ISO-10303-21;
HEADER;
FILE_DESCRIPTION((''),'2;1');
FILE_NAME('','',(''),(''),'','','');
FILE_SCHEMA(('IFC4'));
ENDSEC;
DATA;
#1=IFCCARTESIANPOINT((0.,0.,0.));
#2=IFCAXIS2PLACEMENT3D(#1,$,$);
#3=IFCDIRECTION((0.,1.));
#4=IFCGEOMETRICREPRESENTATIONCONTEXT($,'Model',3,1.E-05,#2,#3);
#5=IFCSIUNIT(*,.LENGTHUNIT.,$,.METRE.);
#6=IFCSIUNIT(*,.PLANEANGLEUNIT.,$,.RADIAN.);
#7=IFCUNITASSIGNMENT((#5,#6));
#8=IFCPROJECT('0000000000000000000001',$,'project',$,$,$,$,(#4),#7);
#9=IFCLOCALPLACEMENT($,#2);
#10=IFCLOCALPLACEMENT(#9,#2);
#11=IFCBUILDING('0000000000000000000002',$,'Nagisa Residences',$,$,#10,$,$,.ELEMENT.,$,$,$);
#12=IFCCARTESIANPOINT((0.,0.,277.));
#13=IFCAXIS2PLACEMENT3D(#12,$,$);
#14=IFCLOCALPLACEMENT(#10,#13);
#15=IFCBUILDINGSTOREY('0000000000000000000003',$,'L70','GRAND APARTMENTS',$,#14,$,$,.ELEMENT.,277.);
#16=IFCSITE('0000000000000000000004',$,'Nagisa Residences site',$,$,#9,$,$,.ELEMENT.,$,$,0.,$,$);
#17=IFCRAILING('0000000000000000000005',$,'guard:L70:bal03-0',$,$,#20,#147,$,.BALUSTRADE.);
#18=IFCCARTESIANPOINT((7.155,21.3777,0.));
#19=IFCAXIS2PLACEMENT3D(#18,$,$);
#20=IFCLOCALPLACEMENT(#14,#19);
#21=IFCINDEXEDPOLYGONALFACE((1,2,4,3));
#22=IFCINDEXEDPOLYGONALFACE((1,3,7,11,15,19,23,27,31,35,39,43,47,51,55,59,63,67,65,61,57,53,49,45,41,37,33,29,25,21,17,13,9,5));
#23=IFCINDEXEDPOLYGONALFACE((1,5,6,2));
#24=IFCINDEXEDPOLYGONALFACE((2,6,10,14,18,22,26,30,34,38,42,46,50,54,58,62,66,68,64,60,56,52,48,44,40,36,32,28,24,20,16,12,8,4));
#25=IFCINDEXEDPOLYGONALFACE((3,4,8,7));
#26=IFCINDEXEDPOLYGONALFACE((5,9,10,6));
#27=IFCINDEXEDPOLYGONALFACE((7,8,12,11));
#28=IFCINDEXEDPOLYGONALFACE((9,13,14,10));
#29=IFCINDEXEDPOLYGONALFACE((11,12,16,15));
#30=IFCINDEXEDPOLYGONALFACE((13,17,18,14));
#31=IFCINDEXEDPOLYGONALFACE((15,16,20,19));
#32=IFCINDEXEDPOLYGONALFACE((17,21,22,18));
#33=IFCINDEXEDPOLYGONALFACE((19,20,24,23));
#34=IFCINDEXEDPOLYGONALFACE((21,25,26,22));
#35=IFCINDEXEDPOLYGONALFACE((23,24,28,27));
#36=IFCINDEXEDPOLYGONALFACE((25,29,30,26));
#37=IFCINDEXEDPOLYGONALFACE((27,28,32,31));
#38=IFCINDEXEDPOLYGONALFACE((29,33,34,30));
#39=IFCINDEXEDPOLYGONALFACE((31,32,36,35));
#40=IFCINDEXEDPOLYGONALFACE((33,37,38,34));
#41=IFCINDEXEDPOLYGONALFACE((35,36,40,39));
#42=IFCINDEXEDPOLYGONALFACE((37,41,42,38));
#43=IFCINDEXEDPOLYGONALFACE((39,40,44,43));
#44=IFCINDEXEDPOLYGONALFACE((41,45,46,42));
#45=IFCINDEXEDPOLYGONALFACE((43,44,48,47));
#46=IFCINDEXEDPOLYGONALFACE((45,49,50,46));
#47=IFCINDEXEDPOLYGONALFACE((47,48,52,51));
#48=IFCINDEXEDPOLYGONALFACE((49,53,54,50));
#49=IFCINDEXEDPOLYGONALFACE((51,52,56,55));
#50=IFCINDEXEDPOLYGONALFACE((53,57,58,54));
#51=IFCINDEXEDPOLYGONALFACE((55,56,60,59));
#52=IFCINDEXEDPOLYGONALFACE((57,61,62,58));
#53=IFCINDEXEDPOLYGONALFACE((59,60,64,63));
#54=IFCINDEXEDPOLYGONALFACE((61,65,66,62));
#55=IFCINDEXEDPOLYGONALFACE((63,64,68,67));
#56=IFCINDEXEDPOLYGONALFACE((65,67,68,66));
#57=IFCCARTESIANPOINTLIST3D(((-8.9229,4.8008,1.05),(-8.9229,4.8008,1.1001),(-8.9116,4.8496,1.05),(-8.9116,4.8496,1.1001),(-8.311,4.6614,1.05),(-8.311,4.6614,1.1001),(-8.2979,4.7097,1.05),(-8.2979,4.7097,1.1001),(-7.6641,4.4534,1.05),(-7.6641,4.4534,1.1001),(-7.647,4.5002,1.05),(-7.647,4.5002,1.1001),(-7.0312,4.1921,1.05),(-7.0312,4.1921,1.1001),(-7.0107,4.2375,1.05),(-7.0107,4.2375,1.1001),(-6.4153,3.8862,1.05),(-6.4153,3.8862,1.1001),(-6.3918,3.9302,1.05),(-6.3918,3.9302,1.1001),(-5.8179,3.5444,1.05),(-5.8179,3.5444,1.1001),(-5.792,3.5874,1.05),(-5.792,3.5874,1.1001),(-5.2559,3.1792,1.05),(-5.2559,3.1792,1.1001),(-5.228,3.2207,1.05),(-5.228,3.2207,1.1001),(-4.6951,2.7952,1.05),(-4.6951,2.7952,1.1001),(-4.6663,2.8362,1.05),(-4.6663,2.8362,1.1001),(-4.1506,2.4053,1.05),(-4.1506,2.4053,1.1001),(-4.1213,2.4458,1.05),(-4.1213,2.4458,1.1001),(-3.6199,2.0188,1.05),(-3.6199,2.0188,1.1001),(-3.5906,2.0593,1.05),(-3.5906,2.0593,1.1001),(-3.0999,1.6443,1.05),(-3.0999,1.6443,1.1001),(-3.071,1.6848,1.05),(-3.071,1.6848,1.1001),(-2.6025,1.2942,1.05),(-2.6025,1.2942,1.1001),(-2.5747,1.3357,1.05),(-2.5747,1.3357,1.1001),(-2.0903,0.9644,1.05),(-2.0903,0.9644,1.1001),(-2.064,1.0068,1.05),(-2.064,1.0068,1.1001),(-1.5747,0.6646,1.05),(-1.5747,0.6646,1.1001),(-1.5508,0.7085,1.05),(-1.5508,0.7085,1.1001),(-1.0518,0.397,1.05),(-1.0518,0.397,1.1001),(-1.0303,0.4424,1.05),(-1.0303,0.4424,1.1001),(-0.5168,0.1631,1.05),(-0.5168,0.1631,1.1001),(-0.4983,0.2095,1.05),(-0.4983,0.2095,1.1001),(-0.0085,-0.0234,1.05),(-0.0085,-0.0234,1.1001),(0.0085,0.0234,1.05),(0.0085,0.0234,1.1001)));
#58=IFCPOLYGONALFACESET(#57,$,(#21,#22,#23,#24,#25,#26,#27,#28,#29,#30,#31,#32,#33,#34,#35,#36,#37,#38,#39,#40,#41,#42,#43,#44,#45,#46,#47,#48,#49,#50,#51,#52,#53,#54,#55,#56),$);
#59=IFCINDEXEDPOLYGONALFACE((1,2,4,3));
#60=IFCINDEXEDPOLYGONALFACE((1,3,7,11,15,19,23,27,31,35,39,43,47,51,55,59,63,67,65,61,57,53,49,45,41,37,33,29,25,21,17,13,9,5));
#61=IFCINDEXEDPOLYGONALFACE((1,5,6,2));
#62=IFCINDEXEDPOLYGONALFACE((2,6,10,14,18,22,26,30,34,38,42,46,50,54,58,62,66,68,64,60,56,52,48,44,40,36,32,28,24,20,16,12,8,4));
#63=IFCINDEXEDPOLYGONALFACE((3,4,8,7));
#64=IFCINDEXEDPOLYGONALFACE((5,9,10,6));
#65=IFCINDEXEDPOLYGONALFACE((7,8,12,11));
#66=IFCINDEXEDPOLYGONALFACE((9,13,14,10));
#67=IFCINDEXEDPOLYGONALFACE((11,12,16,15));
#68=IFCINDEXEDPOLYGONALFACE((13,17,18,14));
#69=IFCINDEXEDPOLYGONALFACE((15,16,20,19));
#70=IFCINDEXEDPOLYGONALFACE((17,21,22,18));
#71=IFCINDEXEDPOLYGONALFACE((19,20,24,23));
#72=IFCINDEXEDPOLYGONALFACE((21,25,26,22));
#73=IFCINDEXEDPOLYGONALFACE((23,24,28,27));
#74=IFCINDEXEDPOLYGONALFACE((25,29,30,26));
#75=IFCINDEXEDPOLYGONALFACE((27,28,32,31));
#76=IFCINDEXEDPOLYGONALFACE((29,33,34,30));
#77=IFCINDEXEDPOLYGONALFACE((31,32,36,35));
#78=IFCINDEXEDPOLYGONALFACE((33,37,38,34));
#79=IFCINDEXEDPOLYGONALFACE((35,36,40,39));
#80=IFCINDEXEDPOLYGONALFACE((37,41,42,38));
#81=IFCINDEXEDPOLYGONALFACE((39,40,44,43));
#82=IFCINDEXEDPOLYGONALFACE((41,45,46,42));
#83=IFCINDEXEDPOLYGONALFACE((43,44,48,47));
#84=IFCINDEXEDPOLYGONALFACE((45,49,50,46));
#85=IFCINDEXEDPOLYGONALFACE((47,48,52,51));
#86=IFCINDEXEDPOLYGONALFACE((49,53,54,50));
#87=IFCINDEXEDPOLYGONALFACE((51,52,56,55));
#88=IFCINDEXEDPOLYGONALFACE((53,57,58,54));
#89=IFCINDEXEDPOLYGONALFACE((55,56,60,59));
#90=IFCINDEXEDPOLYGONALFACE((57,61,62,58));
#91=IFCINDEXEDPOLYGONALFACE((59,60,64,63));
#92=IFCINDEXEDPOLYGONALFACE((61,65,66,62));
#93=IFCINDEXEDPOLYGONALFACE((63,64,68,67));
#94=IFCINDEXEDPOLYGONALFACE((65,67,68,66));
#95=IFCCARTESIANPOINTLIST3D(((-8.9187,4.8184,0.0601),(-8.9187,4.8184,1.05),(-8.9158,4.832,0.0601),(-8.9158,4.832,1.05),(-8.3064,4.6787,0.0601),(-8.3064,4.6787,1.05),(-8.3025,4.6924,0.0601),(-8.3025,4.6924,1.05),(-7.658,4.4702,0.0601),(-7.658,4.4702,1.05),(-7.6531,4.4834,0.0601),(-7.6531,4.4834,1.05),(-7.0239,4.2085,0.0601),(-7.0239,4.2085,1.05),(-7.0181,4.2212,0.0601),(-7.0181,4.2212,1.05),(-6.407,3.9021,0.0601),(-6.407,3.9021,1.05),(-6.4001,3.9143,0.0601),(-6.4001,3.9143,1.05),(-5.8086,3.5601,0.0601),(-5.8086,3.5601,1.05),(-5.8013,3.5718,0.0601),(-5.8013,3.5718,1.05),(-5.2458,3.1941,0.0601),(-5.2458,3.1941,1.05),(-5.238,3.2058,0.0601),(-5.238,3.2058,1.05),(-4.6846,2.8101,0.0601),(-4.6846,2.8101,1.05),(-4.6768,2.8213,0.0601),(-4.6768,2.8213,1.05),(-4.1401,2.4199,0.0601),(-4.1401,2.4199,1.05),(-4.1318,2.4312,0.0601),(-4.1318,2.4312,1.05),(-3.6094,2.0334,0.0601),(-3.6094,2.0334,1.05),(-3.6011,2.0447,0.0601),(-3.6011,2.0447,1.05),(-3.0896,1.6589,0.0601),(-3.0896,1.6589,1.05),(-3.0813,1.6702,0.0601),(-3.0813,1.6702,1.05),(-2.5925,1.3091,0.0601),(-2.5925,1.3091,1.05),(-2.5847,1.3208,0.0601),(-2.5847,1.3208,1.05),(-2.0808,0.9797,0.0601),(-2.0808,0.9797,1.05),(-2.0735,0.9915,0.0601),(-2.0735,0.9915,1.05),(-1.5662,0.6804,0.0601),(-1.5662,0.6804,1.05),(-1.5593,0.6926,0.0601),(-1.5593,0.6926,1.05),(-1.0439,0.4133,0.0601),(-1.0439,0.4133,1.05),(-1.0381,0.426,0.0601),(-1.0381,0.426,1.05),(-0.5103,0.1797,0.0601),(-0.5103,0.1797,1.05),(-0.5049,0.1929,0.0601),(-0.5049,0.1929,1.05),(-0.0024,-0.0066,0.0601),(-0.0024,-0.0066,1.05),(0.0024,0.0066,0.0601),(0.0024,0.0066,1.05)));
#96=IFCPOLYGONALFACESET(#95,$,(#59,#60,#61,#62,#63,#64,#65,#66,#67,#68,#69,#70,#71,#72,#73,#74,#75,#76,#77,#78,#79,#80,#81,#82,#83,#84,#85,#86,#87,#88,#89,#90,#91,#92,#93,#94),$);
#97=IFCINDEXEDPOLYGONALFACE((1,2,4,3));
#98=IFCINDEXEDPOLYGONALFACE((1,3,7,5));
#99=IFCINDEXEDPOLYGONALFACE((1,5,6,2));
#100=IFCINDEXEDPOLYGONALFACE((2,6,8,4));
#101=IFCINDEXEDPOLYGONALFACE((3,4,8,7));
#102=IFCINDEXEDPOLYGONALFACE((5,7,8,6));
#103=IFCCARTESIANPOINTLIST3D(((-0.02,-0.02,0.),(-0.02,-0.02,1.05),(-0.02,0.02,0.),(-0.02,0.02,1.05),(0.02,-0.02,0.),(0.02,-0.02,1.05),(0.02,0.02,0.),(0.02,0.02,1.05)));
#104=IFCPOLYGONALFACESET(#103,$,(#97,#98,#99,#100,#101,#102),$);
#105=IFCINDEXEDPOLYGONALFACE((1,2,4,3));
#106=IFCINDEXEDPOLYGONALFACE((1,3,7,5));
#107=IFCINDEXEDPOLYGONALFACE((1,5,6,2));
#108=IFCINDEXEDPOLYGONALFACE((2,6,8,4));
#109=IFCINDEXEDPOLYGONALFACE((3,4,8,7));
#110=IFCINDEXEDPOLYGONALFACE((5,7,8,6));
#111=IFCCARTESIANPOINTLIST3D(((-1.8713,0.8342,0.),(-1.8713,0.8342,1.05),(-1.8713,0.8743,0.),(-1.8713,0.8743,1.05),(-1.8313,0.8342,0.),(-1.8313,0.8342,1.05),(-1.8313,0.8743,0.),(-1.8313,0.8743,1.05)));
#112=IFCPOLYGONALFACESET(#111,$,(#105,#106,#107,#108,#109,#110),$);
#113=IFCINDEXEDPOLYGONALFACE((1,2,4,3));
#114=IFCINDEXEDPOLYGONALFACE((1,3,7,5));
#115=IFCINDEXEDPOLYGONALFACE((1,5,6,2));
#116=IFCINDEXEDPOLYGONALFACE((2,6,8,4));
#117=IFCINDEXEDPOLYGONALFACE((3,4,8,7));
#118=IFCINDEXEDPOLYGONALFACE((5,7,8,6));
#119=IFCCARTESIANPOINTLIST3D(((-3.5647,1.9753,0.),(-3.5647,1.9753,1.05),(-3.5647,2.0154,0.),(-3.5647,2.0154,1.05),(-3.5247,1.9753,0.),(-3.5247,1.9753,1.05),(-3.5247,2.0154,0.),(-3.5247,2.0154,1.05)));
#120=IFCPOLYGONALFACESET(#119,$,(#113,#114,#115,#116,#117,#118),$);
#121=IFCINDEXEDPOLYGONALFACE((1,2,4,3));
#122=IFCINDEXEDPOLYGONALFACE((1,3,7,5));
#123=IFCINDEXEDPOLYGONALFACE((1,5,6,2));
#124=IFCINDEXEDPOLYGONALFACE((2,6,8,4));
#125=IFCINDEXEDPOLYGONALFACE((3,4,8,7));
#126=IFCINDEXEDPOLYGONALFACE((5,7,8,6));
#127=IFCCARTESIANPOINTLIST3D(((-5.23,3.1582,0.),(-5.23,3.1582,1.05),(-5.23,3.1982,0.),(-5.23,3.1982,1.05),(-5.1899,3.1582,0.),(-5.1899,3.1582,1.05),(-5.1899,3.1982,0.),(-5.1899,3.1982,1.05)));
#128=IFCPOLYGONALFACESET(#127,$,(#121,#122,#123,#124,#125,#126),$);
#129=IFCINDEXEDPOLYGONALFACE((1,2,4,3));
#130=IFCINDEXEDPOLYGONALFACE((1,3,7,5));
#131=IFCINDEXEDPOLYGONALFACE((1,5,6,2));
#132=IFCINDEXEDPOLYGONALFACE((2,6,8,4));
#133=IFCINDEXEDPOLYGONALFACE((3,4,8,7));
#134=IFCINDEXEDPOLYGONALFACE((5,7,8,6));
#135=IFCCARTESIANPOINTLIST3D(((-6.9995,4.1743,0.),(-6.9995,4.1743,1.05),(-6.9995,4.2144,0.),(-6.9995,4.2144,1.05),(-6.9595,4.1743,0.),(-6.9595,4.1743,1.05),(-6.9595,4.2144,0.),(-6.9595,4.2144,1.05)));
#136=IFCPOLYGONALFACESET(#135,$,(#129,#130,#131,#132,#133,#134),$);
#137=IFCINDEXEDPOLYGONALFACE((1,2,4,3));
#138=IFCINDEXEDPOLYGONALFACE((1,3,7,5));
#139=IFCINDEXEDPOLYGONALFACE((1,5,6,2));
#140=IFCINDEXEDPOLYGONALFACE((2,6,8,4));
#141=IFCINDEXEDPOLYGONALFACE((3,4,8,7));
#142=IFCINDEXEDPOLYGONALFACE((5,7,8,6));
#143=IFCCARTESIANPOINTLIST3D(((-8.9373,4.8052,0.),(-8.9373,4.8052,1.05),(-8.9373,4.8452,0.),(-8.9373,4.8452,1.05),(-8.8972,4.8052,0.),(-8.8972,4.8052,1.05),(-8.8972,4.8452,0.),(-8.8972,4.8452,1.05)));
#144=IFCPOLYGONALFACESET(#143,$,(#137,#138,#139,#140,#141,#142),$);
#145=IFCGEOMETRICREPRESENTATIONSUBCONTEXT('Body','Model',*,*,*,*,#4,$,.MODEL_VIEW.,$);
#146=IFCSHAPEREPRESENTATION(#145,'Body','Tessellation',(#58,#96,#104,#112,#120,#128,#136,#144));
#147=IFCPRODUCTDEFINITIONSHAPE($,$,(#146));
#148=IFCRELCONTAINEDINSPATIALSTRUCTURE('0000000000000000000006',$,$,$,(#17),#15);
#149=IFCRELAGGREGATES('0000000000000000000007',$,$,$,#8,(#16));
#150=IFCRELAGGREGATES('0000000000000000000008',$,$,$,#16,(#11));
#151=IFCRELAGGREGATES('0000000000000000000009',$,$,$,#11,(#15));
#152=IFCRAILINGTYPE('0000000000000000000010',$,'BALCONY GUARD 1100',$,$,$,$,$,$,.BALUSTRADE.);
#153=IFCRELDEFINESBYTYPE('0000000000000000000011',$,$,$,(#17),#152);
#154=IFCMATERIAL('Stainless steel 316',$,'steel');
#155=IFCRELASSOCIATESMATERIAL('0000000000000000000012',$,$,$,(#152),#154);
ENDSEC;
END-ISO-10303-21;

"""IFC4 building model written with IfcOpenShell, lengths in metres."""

from ifc_helpers import new_model, si_unit, direction, frame, origin, origin_2d, place, context, subcontext, project, spatial, polyline, rectangle, outline, extrude, material, type_object, element, save


model = new_model("IFC4")

# Units and contexts
model_context = context("Model", 3, precision=1e-05, world=origin(), true_north=direction((0.0, 1.0)))
body_context = subcontext(model_context, "Body", "Model", "MODEL_VIEW")
ifc_project = project(units=[si_unit("LENGTHUNIT", "METRE"), si_unit("PLANEANGLEUNIT", "RADIAN")], contexts=[model_context])

# Site, building, storey
site_placement = place(None, origin())
site = spatial("IfcSite", under=ifc_project, at=site_placement, Name="Nagisa Residences site", CompositionType="ELEMENT", RefElevation=0.0)
building_placement = place(site_placement, origin())
building = spatial("IfcBuilding", under=site, at=building_placement, Name="Nagisa Residences", CompositionType="ELEMENT")
storey_placement = place(building_placement, frame((0.0, 0.0, 277.0)))
storey = spatial("IfcBuildingStorey", under=building, at=storey_placement, Name="L70", Description="GRAND APARTMENTS", CompositionType="ELEMENT", Elevation=277.0)

# Railing
ifc_material_1 = material(Name="Stainless steel 316", Category="steel")
railing_type_1 = type_object("IfcRailingType", Name="BALCONY GUARD 1100", PredefinedType="BALUSTRADE", material=ifc_material_1)
railing_1_placement = place(storey_placement, frame((7.155, 21.3777, 0.0)))
element("IfcRailing", 1, at=railing_1_placement, inside=storey, type_object=railing_type_1, Name="guard:L70:bal03-0", PredefinedType="BALUSTRADE", context=body_context, shape_type="SweptSolid", body=[
    extrude(outline(polyline([(-0.5168, 0.1631), (-0.0085, -0.0234), (0.0085, 0.0234), (-0.4983, 0.2095), (-1.0303, 0.4424), (-1.5508, 0.7085), (-2.064, 1.0068), (-2.5747, 1.3357), (-3.071, 1.6848), (-3.5906, 2.0593), (-4.1213, 2.4458), (-4.6663, 2.8362), (-5.228, 3.2207), (-5.792, 3.5874), (-6.3918, 3.9302), (-7.0107, 4.2375), (-7.647, 4.5002), (-8.2979, 4.7097), (-8.9116, 4.8496), (-8.9229, 4.8008), (-8.311, 4.6614), (-7.6641, 4.4534), (-7.0312, 4.1921), (-6.4153, 3.8862), (-5.8179, 3.5444), (-5.2559, 3.1792), (-4.6951, 2.7952), (-4.1506, 2.4053), (-3.6199, 2.0188), (-3.0999, 1.6443), (-2.6025, 1.2942), (-2.0903, 0.9644), (-1.5747, 0.6646), (-1.0518, 0.397), (-0.5168, 0.1631)])), frame((0.0, 0.0, 1.05)), (0.0, 0.0, 1.0), 0.05),
    extrude(outline(polyline([(-0.5103, 0.1797), (-0.0024, -0.0066), (0.0024, 0.0066), (-0.5049, 0.1929), (-1.0381, 0.426), (-1.5593, 0.6926), (-2.0735, 0.9915), (-2.5847, 1.3208), (-3.0813, 1.6702), (-3.6011, 2.0447), (-4.1318, 2.4312), (-4.6768, 2.8213), (-5.238, 3.2058), (-5.8013, 3.5718), (-6.4001, 3.9143), (-7.0181, 4.2212), (-7.6531, 4.4834), (-8.3025, 4.6924), (-8.9158, 4.832), (-8.9187, 4.8184), (-8.3064, 4.6787), (-7.658, 4.4702), (-7.0239, 4.2085), (-6.407, 3.9021), (-5.8086, 3.5601), (-5.2458, 3.1941), (-4.6846, 2.8101), (-4.1401, 2.4199), (-3.6094, 2.0334), (-3.0896, 1.6589), (-2.5925, 1.3091), (-2.0808, 0.9797), (-1.5662, 0.6804), (-1.0439, 0.4133), (-0.5103, 0.1797)])), frame((0.0, 0.0, 0.0601)), (0.0, 0.0, 1.0), 0.99),
    extrude(rectangle(XDim=0.04, YDim=0.04, at=origin_2d()), origin(), (0.0, 0.0, 1.0), 1.05),
    extrude(rectangle(XDim=0.04, YDim=0.04, at=origin_2d()), frame((-1.8513, 0.8542, 0.0)), (0.0, 0.0, 1.0), 1.05),
    extrude(rectangle(XDim=0.04, YDim=0.04, at=origin_2d()), frame((-3.5447, 1.9954, 0.0)), (0.0, 0.0, 1.0), 1.05),
    extrude(rectangle(XDim=0.04, YDim=0.04, at=origin_2d()), frame((-5.21, 3.1782, 0.0)), (0.0, 0.0, 1.0), 1.05),
    extrude(rectangle(XDim=0.04, YDim=0.04, at=origin_2d()), frame((-6.9795, 4.1943, 0.0)), (0.0, 0.0, 1.0), 1.05),
    extrude(rectangle(XDim=0.04, YDim=0.04, at=origin_2d()), frame((-8.9172, 4.8252, 0.0)), (0.0, 0.0, 1.0), 1.05),
])

save(model, "model.ifc")
